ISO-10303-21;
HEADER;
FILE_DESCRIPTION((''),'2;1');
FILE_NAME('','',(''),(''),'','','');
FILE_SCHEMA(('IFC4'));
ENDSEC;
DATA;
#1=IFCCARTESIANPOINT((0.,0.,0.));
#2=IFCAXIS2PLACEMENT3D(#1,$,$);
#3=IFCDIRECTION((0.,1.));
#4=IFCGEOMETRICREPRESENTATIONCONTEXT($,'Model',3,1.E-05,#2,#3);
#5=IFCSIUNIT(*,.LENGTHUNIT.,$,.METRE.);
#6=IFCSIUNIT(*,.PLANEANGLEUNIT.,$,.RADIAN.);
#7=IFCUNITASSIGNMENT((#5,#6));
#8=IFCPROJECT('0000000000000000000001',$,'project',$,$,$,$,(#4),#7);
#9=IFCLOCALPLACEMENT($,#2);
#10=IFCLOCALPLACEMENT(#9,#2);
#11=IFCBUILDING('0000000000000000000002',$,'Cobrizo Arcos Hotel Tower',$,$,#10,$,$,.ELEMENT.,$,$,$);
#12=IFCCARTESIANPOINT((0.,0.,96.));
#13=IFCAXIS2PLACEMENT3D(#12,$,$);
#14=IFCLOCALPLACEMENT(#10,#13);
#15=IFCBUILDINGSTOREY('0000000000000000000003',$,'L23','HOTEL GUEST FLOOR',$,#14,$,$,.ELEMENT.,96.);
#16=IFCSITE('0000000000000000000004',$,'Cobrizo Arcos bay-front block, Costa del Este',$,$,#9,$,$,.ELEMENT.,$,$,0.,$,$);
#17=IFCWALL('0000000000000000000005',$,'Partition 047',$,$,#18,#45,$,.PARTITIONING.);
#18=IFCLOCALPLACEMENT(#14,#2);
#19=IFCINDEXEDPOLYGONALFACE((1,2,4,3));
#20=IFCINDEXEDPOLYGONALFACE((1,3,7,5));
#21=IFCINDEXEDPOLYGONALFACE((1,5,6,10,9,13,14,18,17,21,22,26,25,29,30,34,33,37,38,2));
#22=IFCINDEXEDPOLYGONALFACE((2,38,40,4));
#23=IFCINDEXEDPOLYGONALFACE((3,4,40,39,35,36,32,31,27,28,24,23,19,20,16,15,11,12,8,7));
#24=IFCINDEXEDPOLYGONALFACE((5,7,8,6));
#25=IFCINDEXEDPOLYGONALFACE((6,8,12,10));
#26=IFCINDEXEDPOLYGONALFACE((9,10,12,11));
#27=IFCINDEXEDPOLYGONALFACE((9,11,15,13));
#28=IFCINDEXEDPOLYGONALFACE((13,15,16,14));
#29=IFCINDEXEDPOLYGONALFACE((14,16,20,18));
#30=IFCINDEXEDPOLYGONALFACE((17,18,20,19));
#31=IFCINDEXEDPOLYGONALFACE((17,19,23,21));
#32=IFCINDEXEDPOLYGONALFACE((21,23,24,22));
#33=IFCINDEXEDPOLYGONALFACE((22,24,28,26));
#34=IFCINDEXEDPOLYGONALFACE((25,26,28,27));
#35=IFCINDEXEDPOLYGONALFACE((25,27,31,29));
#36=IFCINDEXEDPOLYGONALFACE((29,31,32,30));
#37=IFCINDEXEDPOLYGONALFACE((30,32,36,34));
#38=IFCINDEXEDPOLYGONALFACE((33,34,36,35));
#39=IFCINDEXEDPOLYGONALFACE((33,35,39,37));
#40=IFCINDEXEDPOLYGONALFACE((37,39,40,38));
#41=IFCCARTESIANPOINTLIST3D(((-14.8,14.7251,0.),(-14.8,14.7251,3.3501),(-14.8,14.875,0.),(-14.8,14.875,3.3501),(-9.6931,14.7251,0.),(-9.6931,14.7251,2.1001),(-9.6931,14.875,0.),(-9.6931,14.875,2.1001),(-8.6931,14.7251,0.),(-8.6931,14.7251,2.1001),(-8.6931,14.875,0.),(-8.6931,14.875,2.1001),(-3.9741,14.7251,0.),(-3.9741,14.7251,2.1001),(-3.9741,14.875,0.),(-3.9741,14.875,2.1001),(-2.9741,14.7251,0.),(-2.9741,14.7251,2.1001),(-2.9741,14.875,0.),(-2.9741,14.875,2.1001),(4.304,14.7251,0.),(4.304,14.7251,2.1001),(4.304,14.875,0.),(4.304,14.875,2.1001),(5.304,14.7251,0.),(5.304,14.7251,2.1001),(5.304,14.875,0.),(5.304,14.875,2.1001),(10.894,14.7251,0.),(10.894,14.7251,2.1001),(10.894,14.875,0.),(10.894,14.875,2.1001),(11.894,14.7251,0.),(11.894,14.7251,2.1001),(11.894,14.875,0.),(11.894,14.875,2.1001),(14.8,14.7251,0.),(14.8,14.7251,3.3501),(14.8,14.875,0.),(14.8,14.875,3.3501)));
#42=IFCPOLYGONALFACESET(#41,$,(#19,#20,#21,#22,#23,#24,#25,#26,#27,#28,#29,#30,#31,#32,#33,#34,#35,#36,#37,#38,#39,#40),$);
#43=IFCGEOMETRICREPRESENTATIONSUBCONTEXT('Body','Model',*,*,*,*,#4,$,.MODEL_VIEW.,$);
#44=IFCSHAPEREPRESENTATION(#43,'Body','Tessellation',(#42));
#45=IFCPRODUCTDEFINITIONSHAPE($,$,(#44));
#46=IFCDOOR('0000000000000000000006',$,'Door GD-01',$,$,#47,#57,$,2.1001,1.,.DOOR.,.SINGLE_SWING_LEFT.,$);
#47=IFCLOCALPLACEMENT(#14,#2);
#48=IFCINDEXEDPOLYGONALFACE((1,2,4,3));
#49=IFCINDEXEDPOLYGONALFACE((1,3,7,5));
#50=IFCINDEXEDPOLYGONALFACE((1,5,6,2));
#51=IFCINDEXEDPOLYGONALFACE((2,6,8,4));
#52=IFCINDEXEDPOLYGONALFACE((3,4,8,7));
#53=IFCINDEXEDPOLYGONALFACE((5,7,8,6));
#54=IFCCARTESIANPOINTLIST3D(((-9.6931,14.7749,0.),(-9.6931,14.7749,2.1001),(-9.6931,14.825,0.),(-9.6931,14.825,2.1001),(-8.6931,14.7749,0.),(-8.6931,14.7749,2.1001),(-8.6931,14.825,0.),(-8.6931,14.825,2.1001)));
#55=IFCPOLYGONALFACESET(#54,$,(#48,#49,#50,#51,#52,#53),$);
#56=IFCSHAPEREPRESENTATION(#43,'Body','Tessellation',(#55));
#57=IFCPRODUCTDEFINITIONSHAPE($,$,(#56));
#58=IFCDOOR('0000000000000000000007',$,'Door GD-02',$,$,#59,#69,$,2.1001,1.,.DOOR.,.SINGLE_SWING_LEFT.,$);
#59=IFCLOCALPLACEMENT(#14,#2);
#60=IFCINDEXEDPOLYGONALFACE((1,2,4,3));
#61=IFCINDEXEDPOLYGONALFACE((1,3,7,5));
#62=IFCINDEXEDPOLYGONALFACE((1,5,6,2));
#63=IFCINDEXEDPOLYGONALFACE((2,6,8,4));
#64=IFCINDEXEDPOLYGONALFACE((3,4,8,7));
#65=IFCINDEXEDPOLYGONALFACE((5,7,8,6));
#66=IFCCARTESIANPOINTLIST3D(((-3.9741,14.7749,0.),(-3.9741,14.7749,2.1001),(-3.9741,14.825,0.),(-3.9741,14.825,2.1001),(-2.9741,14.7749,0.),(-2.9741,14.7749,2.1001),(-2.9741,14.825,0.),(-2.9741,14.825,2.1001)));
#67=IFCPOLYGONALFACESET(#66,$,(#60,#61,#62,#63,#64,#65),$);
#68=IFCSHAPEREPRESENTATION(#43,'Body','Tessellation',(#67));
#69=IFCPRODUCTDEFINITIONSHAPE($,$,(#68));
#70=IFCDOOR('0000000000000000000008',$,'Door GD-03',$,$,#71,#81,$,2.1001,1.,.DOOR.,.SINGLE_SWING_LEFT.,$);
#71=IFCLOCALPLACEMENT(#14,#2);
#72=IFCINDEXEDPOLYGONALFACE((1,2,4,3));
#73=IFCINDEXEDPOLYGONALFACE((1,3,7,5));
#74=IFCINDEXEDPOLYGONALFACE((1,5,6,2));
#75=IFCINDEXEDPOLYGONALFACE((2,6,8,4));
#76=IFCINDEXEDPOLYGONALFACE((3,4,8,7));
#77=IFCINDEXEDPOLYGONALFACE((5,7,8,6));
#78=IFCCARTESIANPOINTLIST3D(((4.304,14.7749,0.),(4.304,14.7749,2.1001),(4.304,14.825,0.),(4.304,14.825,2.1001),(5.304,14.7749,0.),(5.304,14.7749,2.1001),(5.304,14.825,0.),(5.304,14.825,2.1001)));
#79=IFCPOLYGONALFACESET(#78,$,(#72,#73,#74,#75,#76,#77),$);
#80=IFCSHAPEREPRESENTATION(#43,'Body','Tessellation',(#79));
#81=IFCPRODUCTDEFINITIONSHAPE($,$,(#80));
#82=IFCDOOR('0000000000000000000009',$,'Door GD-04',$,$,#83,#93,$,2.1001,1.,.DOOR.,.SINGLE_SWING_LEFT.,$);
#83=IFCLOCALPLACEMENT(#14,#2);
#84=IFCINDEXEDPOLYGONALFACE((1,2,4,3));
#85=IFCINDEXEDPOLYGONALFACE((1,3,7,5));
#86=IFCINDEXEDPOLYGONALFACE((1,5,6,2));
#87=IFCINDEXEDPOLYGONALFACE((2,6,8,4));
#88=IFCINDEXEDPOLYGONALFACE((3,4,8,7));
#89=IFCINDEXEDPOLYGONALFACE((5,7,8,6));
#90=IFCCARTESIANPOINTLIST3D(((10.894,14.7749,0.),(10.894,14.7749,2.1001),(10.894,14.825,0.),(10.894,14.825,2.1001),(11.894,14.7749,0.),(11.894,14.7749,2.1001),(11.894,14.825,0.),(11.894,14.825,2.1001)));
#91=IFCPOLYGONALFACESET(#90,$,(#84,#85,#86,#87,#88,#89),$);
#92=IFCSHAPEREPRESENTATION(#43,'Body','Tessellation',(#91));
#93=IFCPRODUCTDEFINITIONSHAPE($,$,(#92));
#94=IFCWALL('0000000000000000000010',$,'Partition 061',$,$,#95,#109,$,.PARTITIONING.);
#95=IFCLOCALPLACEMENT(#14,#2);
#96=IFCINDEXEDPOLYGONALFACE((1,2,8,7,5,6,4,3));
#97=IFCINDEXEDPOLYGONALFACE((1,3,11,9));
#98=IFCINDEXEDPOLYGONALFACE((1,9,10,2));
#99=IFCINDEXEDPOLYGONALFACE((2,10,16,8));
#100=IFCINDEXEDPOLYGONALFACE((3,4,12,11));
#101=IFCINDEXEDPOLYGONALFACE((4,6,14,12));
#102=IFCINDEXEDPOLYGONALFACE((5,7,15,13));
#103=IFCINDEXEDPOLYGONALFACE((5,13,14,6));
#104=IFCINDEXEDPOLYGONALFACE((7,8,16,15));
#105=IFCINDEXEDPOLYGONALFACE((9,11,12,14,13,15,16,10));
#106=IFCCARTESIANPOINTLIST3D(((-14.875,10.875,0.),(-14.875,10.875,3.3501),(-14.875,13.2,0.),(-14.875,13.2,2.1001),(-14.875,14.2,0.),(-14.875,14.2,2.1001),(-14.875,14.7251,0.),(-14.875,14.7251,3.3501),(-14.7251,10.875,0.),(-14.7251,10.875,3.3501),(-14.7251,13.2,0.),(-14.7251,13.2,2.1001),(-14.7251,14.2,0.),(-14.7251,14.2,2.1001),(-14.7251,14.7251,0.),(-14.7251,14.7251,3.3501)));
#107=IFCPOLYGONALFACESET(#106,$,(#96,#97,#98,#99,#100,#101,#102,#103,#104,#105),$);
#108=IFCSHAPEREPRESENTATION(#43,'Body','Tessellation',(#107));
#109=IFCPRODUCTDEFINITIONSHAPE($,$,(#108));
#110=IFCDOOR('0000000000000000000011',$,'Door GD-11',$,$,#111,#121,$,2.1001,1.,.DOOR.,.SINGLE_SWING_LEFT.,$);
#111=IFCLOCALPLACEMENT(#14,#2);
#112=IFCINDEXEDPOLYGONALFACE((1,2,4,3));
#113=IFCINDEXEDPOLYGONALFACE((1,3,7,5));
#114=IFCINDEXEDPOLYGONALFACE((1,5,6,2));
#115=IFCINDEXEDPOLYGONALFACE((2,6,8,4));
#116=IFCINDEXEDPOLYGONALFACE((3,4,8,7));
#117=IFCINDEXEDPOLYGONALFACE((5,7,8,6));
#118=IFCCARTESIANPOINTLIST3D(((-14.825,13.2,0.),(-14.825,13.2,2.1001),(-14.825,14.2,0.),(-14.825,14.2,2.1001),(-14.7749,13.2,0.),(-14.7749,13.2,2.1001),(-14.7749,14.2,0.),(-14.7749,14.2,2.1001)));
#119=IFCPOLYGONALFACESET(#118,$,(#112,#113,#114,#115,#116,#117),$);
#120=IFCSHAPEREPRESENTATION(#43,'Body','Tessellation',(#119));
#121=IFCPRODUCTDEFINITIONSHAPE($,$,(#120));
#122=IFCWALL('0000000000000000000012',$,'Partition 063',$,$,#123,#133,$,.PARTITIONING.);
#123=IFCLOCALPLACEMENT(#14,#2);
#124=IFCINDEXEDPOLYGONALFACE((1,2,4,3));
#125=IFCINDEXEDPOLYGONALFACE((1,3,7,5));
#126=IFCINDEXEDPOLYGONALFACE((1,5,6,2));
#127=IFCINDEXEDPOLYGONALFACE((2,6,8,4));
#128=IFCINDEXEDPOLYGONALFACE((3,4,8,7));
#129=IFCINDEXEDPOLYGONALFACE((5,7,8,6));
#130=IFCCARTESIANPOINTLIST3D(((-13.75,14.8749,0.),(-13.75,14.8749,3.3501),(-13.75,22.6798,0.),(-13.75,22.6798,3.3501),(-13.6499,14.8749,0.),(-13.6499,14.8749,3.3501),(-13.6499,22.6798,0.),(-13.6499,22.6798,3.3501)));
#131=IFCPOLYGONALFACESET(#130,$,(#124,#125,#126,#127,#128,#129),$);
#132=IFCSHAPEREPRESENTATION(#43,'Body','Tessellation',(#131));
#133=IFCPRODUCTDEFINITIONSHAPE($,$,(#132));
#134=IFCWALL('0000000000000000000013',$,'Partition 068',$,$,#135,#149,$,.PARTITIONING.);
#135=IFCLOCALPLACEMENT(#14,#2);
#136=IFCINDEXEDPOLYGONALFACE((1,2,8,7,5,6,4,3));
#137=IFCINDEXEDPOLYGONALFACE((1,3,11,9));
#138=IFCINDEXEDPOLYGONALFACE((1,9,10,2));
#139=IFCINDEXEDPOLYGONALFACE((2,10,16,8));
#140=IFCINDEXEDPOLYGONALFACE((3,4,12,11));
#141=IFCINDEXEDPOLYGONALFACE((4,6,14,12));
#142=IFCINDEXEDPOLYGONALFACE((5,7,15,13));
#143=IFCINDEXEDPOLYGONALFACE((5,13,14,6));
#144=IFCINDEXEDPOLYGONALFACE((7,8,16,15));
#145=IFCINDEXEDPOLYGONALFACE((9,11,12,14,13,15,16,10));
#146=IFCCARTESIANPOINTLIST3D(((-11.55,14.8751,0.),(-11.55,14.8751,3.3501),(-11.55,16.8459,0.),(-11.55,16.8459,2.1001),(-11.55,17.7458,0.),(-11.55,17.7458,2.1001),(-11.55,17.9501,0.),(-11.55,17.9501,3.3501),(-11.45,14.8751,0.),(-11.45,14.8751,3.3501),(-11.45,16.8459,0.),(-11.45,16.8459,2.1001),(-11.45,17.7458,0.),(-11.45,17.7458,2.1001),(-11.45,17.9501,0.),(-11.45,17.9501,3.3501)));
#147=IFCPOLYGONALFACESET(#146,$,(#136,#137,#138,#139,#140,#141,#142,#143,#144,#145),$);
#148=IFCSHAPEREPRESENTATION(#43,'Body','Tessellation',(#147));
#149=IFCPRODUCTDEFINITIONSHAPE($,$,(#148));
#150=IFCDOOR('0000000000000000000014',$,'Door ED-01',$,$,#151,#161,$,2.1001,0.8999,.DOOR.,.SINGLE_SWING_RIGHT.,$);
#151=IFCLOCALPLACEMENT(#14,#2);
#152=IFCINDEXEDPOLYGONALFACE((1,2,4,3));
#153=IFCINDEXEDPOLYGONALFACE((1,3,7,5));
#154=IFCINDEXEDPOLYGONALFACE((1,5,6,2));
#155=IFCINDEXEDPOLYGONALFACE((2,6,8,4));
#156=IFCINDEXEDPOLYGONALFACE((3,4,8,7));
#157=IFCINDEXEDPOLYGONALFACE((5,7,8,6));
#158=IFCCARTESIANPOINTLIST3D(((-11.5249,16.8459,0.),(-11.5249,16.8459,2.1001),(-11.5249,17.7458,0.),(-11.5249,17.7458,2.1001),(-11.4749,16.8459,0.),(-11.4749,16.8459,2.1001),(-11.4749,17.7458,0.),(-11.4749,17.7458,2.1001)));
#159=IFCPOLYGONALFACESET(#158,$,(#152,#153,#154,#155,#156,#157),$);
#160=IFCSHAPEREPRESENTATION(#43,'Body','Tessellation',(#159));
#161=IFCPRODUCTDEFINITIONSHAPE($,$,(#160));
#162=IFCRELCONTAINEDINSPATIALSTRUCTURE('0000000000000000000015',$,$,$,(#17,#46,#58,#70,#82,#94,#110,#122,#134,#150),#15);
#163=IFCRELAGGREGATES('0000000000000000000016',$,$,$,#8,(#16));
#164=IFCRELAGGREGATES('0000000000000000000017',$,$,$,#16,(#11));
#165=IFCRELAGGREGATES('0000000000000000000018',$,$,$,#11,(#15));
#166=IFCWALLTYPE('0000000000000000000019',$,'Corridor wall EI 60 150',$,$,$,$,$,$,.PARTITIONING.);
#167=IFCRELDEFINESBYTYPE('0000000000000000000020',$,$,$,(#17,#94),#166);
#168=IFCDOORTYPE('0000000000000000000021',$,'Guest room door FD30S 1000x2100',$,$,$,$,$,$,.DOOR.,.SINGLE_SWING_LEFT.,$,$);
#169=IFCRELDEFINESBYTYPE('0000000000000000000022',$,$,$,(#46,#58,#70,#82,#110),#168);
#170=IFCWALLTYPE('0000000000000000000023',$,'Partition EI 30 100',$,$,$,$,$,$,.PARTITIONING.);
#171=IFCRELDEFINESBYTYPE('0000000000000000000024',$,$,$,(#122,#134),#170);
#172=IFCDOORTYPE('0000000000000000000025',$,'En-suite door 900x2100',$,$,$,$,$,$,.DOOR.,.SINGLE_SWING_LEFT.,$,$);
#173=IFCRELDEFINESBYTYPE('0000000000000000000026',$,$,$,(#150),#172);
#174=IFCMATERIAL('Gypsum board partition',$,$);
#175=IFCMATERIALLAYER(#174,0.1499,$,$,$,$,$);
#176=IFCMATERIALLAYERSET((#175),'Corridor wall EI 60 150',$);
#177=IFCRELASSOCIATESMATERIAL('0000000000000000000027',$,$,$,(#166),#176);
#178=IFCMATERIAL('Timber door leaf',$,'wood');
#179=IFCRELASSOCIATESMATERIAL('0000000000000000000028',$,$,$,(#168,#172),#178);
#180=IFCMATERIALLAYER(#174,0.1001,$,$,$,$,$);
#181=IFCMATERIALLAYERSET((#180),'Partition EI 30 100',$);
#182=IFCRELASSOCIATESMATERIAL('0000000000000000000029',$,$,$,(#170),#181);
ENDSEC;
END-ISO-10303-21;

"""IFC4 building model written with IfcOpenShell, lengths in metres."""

from ifc_helpers import new_model, si_unit, direction, frame, frame_2d, origin, place, context, subcontext, project, spatial, rectangle, extrude, material, layer, layer_set, type_object, element, fill, save


model = new_model("IFC4")

# Units and contexts
model_context = context("Model", 3, precision=1e-05, world=origin(), true_north=direction((0.0, 1.0)))
body_context = subcontext(model_context, "Body", "Model", "MODEL_VIEW")
ifc_project = project(units=[si_unit("LENGTHUNIT", "METRE"), si_unit("PLANEANGLEUNIT", "RADIAN")], contexts=[model_context])

# Site, building, storey
site_placement = place(None, origin())
site = spatial("IfcSite", under=ifc_project, at=site_placement, Name="Cobrizo Arcos bay-front block, Costa del Este", CompositionType="ELEMENT", RefElevation=0.0)
building_placement = place(site_placement, origin())
building = spatial("IfcBuilding", under=site, at=building_placement, Name="Cobrizo Arcos Hotel Tower", CompositionType="ELEMENT")
storey_placement = place(building_placement, frame((0.0, 0.0, 96.0)))
storey = spatial("IfcBuildingStorey", under=building, at=storey_placement, Name="L23", Description="HOTEL GUEST FLOOR", CompositionType="ELEMENT", Elevation=96.0)

# Shared definitions
ifc_material_1 = material(Name="Gypsum board partition")
ifc_layer_1 = layer(ifc_material_1, 0.1499)
ifc_layer_set_1 = layer_set([ifc_layer_1], Name="Corridor wall EI 60 150")
wall_type_1 = type_object("IfcWallType", Name="Corridor wall EI 60 150", PredefinedType="PARTITIONING", material=ifc_layer_set_1)

# Wall, openings, doors
wall_1_placement = place(storey_placement, frame((-14.8, 14.8, 0.0), z_axis=(0.0, 0.0, 1.0), x_axis=(1.0, 0.0, 0.0)))
wall_1 = element("IfcWall", 1, at=wall_1_placement, inside=storey, type_object=wall_type_1, Name="Partition 047", PredefinedType="PARTITIONING", context=body_context, shape_type="SweptSolid", body=[
    extrude(rectangle(XDim=29.6001, YDim=0.1499, at=frame_2d((14.8, 0.0))), origin(), (0.0, 0.0, 1.0), 3.3501),
])
opening_1_placement = place(wall_1_placement, frame((5.1069, 0.0, 0.0)))
opening_1 = element("IfcOpeningElement", 2, at=opening_1_placement, cuts=wall_1, PredefinedType="OPENING", context=body_context, shape_type="SweptSolid", body=[
    extrude(rectangle(XDim=1.0, YDim=2.1001, at=frame_2d((0.5, 1.05))), frame((0.0, 0.0869, 0.0), z_axis=(0.0, -1.0, 0.0), x_axis=(1.0, 0.0, 0.0)), (0.0, 0.0, 1.0), 0.1738),
])
opening_2_placement = place(wall_1_placement, frame((10.8259, 0.0, 0.0)))
opening_2 = element("IfcOpeningElement", 3, at=opening_2_placement, cuts=wall_1, PredefinedType="OPENING", context=body_context, shape_type="SweptSolid", body=[
    extrude(rectangle(XDim=1.0, YDim=2.1001, at=frame_2d((0.5, 1.05))), frame((0.0, 0.0869, 0.0), z_axis=(0.0, -1.0, 0.0), x_axis=(1.0, 0.0, 0.0)), (0.0, 0.0, 1.0), 0.1738),
])
opening_3_placement = place(wall_1_placement, frame((19.104, 0.0, 0.0)))
opening_3 = element("IfcOpeningElement", 4, at=opening_3_placement, cuts=wall_1, PredefinedType="OPENING", context=body_context, shape_type="SweptSolid", body=[
    extrude(rectangle(XDim=1.0, YDim=2.1001, at=frame_2d((0.5, 1.05))), frame((0.0, 0.0869, 0.0), z_axis=(0.0, -1.0, 0.0), x_axis=(1.0, 0.0, 0.0)), (0.0, 0.0, 1.0), 0.1738),
])
opening_4_placement = place(wall_1_placement, frame((25.6941, 0.0, 0.0)))
opening_4 = element("IfcOpeningElement", 5, at=opening_4_placement, cuts=wall_1, PredefinedType="OPENING", context=body_context, shape_type="SweptSolid", body=[
    extrude(rectangle(XDim=1.0, YDim=2.1001, at=frame_2d((0.5, 1.05))), frame((0.0, 0.0869, 0.0), z_axis=(0.0, -1.0, 0.0), x_axis=(1.0, 0.0, 0.0)), (0.0, 0.0, 1.0), 0.1738),
])
ifc_material_2 = material(Name="Timber door leaf", Category="wood")
door_type_1 = type_object("IfcDoorType", Name="Guest room door FD30S 1000x2100", OperationType="SINGLE_SWING_LEFT", PredefinedType="DOOR", material=ifc_material_2)
door_1_placement = place(opening_1_placement, origin())
door_1 = element("IfcDoor", 6, at=door_1_placement, inside=storey, type_object=door_type_1, Name="Door GD-01", OperationType="SINGLE_SWING_LEFT", OverallHeight=2.1001, OverallWidth=1.0, PredefinedType="DOOR", context=body_context, shape_type="SweptSolid", body=[
    extrude(rectangle(XDim=1.0, YDim=2.1001, at=frame_2d((0.5, 1.05))), frame((0.0, 0.0249, 0.0), z_axis=(0.0, -1.0, 0.0), x_axis=(1.0, 0.0, 0.0)), (0.0, 0.0, 1.0), 0.05),
])
fill(opening_1, door_1)
door_2_placement = place(opening_2_placement, origin())
door_2 = element("IfcDoor", 7, at=door_2_placement, inside=storey, type_object=door_type_1, Name="Door GD-02", OperationType="SINGLE_SWING_LEFT", OverallHeight=2.1001, OverallWidth=1.0, PredefinedType="DOOR", context=body_context, shape_type="SweptSolid", body=[
    extrude(rectangle(XDim=1.0, YDim=2.1001, at=frame_2d((0.5, 1.05))), frame((0.0, 0.0249, 0.0), z_axis=(0.0, -1.0, 0.0), x_axis=(1.0, 0.0, 0.0)), (0.0, 0.0, 1.0), 0.05),
])
fill(opening_2, door_2)
door_3_placement = place(opening_3_placement, origin())
door_3 = element("IfcDoor", 8, at=door_3_placement, inside=storey, type_object=door_type_1, Name="Door GD-03", OperationType="SINGLE_SWING_LEFT", OverallHeight=2.1001, OverallWidth=1.0, PredefinedType="DOOR", context=body_context, shape_type="SweptSolid", body=[
    extrude(rectangle(XDim=1.0, YDim=2.1001, at=frame_2d((0.5, 1.05))), frame((0.0, 0.0249, 0.0), z_axis=(0.0, -1.0, 0.0), x_axis=(1.0, 0.0, 0.0)), (0.0, 0.0, 1.0), 0.05),
])
fill(opening_3, door_3)
door_4_placement = place(opening_4_placement, origin())
door_4 = element("IfcDoor", 9, at=door_4_placement, inside=storey, type_object=door_type_1, Name="Door GD-04", OperationType="SINGLE_SWING_LEFT", OverallHeight=2.1001, OverallWidth=1.0, PredefinedType="DOOR", context=body_context, shape_type="SweptSolid", body=[
    extrude(rectangle(XDim=1.0, YDim=2.1001, at=frame_2d((0.5, 1.05))), frame((0.0, 0.0249, 0.0), z_axis=(0.0, -1.0, 0.0), x_axis=(1.0, 0.0, 0.0)), (0.0, 0.0, 1.0), 0.05),
])
fill(opening_4, door_4)

# Wall, opening, door
wall_2_placement = place(storey_placement, frame((-14.8, 10.875, 0.0), z_axis=(0.0, 0.0, 1.0), x_axis=(0.0, 1.0, 0.0)))
wall_2 = element("IfcWall", 10, at=wall_2_placement, inside=storey, type_object=wall_type_1, Name="Partition 061", PredefinedType="PARTITIONING", context=body_context, shape_type="SweptSolid", body=[
    extrude(rectangle(XDim=3.8501, YDim=0.1499, at=frame_2d((1.925, 0.0))), origin(), (0.0, 0.0, 1.0), 3.3501),
])
opening_5_placement = place(wall_2_placement, frame((2.325, 0.0, 0.0)))
opening_5 = element("IfcOpeningElement", 11, at=opening_5_placement, cuts=wall_2, PredefinedType="OPENING", context=body_context, shape_type="SweptSolid", body=[
    extrude(rectangle(XDim=1.0, YDim=2.1001, at=frame_2d((0.5, 1.05))), frame((0.0, 0.0869, 0.0), z_axis=(0.0, -1.0, 0.0), x_axis=(1.0, 0.0, 0.0)), (0.0, 0.0, 1.0), 0.1738),
])
door_5_placement = place(opening_5_placement, origin())
door_5 = element("IfcDoor", 12, at=door_5_placement, inside=storey, type_object=door_type_1, Name="Door GD-11", OperationType="SINGLE_SWING_LEFT", OverallHeight=2.1001, OverallWidth=1.0, PredefinedType="DOOR", context=body_context, shape_type="SweptSolid", body=[
    extrude(rectangle(XDim=1.0, YDim=2.1001, at=frame_2d((0.5, 1.05))), frame((0.0, 0.0249, 0.0), z_axis=(0.0, -1.0, 0.0), x_axis=(1.0, 0.0, 0.0)), (0.0, 0.0, 1.0), 0.05),
])
fill(opening_5, door_5)

# Wall
ifc_layer_2 = layer(ifc_material_1, 0.1001)
ifc_layer_set_2 = layer_set([ifc_layer_2], Name="Partition EI 30 100")
wall_type_2 = type_object("IfcWallType", Name="Partition EI 30 100", PredefinedType="PARTITIONING", material=ifc_layer_set_2)
wall_3_placement = place(storey_placement, frame((-13.7, 14.875, 0.0), z_axis=(0.0, 0.0, 1.0), x_axis=(0.0, 1.0, 0.0)))
element("IfcWall", 13, at=wall_3_placement, inside=storey, type_object=wall_type_2, Name="Partition 063", PredefinedType="PARTITIONING", context=body_context, shape_type="SweptSolid", body=[
    extrude(rectangle(XDim=7.8049, YDim=0.1001, at=frame_2d((3.9023, 0.0))), origin(), (0.0, 0.0, 1.0), 3.3501),
])

# Wall, opening, door
wall_4_placement = place(storey_placement, frame((-11.5, 14.875, 0.0), z_axis=(0.0, 0.0, 1.0), x_axis=(0.0, 1.0, 0.0)))
wall_4 = element("IfcWall", 14, at=wall_4_placement, inside=storey, type_object=wall_type_2, Name="Partition 068", PredefinedType="PARTITIONING", context=body_context, shape_type="SweptSolid", body=[
    extrude(rectangle(XDim=3.075, YDim=0.1001, at=frame_2d((1.5376, 0.0))), origin(), (0.0, 0.0, 1.0), 3.3501),
])
opening_6_placement = place(wall_4_placement, frame((1.9709, 0.0, 0.0)))
opening_6 = element("IfcOpeningElement", 15, at=opening_6_placement, cuts=wall_4, PredefinedType="OPENING", context=body_context, shape_type="SweptSolid", body=[
    extrude(rectangle(XDim=0.8999, YDim=2.1001, at=frame_2d((0.45, 1.05))), frame((0.0, 0.062, 0.0), z_axis=(0.0, -1.0, 0.0), x_axis=(1.0, 0.0, 0.0)), (0.0, 0.0, 1.0), 0.124),
])
door_type_2 = type_object("IfcDoorType", Name="En-suite door 900x2100", OperationType="SINGLE_SWING_LEFT", PredefinedType="DOOR", material=ifc_material_2)
door_6_placement = place(opening_6_placement, origin())
door_6 = element("IfcDoor", 16, at=door_6_placement, inside=storey, type_object=door_type_2, Name="Door ED-01", OperationType="SINGLE_SWING_RIGHT", OverallHeight=2.1001, OverallWidth=0.8999, PredefinedType="DOOR", context=body_context, shape_type="SweptSolid", body=[
    extrude(rectangle(XDim=0.8999, YDim=2.1001, at=frame_2d((0.45, 1.05))), frame((0.0, 0.0249, 0.0), z_axis=(0.0, -1.0, 0.0), x_axis=(1.0, 0.0, 0.0)), (0.0, 0.0, 1.0), 0.05),
])
fill(opening_6, door_6)

save(model, "model.ifc")
